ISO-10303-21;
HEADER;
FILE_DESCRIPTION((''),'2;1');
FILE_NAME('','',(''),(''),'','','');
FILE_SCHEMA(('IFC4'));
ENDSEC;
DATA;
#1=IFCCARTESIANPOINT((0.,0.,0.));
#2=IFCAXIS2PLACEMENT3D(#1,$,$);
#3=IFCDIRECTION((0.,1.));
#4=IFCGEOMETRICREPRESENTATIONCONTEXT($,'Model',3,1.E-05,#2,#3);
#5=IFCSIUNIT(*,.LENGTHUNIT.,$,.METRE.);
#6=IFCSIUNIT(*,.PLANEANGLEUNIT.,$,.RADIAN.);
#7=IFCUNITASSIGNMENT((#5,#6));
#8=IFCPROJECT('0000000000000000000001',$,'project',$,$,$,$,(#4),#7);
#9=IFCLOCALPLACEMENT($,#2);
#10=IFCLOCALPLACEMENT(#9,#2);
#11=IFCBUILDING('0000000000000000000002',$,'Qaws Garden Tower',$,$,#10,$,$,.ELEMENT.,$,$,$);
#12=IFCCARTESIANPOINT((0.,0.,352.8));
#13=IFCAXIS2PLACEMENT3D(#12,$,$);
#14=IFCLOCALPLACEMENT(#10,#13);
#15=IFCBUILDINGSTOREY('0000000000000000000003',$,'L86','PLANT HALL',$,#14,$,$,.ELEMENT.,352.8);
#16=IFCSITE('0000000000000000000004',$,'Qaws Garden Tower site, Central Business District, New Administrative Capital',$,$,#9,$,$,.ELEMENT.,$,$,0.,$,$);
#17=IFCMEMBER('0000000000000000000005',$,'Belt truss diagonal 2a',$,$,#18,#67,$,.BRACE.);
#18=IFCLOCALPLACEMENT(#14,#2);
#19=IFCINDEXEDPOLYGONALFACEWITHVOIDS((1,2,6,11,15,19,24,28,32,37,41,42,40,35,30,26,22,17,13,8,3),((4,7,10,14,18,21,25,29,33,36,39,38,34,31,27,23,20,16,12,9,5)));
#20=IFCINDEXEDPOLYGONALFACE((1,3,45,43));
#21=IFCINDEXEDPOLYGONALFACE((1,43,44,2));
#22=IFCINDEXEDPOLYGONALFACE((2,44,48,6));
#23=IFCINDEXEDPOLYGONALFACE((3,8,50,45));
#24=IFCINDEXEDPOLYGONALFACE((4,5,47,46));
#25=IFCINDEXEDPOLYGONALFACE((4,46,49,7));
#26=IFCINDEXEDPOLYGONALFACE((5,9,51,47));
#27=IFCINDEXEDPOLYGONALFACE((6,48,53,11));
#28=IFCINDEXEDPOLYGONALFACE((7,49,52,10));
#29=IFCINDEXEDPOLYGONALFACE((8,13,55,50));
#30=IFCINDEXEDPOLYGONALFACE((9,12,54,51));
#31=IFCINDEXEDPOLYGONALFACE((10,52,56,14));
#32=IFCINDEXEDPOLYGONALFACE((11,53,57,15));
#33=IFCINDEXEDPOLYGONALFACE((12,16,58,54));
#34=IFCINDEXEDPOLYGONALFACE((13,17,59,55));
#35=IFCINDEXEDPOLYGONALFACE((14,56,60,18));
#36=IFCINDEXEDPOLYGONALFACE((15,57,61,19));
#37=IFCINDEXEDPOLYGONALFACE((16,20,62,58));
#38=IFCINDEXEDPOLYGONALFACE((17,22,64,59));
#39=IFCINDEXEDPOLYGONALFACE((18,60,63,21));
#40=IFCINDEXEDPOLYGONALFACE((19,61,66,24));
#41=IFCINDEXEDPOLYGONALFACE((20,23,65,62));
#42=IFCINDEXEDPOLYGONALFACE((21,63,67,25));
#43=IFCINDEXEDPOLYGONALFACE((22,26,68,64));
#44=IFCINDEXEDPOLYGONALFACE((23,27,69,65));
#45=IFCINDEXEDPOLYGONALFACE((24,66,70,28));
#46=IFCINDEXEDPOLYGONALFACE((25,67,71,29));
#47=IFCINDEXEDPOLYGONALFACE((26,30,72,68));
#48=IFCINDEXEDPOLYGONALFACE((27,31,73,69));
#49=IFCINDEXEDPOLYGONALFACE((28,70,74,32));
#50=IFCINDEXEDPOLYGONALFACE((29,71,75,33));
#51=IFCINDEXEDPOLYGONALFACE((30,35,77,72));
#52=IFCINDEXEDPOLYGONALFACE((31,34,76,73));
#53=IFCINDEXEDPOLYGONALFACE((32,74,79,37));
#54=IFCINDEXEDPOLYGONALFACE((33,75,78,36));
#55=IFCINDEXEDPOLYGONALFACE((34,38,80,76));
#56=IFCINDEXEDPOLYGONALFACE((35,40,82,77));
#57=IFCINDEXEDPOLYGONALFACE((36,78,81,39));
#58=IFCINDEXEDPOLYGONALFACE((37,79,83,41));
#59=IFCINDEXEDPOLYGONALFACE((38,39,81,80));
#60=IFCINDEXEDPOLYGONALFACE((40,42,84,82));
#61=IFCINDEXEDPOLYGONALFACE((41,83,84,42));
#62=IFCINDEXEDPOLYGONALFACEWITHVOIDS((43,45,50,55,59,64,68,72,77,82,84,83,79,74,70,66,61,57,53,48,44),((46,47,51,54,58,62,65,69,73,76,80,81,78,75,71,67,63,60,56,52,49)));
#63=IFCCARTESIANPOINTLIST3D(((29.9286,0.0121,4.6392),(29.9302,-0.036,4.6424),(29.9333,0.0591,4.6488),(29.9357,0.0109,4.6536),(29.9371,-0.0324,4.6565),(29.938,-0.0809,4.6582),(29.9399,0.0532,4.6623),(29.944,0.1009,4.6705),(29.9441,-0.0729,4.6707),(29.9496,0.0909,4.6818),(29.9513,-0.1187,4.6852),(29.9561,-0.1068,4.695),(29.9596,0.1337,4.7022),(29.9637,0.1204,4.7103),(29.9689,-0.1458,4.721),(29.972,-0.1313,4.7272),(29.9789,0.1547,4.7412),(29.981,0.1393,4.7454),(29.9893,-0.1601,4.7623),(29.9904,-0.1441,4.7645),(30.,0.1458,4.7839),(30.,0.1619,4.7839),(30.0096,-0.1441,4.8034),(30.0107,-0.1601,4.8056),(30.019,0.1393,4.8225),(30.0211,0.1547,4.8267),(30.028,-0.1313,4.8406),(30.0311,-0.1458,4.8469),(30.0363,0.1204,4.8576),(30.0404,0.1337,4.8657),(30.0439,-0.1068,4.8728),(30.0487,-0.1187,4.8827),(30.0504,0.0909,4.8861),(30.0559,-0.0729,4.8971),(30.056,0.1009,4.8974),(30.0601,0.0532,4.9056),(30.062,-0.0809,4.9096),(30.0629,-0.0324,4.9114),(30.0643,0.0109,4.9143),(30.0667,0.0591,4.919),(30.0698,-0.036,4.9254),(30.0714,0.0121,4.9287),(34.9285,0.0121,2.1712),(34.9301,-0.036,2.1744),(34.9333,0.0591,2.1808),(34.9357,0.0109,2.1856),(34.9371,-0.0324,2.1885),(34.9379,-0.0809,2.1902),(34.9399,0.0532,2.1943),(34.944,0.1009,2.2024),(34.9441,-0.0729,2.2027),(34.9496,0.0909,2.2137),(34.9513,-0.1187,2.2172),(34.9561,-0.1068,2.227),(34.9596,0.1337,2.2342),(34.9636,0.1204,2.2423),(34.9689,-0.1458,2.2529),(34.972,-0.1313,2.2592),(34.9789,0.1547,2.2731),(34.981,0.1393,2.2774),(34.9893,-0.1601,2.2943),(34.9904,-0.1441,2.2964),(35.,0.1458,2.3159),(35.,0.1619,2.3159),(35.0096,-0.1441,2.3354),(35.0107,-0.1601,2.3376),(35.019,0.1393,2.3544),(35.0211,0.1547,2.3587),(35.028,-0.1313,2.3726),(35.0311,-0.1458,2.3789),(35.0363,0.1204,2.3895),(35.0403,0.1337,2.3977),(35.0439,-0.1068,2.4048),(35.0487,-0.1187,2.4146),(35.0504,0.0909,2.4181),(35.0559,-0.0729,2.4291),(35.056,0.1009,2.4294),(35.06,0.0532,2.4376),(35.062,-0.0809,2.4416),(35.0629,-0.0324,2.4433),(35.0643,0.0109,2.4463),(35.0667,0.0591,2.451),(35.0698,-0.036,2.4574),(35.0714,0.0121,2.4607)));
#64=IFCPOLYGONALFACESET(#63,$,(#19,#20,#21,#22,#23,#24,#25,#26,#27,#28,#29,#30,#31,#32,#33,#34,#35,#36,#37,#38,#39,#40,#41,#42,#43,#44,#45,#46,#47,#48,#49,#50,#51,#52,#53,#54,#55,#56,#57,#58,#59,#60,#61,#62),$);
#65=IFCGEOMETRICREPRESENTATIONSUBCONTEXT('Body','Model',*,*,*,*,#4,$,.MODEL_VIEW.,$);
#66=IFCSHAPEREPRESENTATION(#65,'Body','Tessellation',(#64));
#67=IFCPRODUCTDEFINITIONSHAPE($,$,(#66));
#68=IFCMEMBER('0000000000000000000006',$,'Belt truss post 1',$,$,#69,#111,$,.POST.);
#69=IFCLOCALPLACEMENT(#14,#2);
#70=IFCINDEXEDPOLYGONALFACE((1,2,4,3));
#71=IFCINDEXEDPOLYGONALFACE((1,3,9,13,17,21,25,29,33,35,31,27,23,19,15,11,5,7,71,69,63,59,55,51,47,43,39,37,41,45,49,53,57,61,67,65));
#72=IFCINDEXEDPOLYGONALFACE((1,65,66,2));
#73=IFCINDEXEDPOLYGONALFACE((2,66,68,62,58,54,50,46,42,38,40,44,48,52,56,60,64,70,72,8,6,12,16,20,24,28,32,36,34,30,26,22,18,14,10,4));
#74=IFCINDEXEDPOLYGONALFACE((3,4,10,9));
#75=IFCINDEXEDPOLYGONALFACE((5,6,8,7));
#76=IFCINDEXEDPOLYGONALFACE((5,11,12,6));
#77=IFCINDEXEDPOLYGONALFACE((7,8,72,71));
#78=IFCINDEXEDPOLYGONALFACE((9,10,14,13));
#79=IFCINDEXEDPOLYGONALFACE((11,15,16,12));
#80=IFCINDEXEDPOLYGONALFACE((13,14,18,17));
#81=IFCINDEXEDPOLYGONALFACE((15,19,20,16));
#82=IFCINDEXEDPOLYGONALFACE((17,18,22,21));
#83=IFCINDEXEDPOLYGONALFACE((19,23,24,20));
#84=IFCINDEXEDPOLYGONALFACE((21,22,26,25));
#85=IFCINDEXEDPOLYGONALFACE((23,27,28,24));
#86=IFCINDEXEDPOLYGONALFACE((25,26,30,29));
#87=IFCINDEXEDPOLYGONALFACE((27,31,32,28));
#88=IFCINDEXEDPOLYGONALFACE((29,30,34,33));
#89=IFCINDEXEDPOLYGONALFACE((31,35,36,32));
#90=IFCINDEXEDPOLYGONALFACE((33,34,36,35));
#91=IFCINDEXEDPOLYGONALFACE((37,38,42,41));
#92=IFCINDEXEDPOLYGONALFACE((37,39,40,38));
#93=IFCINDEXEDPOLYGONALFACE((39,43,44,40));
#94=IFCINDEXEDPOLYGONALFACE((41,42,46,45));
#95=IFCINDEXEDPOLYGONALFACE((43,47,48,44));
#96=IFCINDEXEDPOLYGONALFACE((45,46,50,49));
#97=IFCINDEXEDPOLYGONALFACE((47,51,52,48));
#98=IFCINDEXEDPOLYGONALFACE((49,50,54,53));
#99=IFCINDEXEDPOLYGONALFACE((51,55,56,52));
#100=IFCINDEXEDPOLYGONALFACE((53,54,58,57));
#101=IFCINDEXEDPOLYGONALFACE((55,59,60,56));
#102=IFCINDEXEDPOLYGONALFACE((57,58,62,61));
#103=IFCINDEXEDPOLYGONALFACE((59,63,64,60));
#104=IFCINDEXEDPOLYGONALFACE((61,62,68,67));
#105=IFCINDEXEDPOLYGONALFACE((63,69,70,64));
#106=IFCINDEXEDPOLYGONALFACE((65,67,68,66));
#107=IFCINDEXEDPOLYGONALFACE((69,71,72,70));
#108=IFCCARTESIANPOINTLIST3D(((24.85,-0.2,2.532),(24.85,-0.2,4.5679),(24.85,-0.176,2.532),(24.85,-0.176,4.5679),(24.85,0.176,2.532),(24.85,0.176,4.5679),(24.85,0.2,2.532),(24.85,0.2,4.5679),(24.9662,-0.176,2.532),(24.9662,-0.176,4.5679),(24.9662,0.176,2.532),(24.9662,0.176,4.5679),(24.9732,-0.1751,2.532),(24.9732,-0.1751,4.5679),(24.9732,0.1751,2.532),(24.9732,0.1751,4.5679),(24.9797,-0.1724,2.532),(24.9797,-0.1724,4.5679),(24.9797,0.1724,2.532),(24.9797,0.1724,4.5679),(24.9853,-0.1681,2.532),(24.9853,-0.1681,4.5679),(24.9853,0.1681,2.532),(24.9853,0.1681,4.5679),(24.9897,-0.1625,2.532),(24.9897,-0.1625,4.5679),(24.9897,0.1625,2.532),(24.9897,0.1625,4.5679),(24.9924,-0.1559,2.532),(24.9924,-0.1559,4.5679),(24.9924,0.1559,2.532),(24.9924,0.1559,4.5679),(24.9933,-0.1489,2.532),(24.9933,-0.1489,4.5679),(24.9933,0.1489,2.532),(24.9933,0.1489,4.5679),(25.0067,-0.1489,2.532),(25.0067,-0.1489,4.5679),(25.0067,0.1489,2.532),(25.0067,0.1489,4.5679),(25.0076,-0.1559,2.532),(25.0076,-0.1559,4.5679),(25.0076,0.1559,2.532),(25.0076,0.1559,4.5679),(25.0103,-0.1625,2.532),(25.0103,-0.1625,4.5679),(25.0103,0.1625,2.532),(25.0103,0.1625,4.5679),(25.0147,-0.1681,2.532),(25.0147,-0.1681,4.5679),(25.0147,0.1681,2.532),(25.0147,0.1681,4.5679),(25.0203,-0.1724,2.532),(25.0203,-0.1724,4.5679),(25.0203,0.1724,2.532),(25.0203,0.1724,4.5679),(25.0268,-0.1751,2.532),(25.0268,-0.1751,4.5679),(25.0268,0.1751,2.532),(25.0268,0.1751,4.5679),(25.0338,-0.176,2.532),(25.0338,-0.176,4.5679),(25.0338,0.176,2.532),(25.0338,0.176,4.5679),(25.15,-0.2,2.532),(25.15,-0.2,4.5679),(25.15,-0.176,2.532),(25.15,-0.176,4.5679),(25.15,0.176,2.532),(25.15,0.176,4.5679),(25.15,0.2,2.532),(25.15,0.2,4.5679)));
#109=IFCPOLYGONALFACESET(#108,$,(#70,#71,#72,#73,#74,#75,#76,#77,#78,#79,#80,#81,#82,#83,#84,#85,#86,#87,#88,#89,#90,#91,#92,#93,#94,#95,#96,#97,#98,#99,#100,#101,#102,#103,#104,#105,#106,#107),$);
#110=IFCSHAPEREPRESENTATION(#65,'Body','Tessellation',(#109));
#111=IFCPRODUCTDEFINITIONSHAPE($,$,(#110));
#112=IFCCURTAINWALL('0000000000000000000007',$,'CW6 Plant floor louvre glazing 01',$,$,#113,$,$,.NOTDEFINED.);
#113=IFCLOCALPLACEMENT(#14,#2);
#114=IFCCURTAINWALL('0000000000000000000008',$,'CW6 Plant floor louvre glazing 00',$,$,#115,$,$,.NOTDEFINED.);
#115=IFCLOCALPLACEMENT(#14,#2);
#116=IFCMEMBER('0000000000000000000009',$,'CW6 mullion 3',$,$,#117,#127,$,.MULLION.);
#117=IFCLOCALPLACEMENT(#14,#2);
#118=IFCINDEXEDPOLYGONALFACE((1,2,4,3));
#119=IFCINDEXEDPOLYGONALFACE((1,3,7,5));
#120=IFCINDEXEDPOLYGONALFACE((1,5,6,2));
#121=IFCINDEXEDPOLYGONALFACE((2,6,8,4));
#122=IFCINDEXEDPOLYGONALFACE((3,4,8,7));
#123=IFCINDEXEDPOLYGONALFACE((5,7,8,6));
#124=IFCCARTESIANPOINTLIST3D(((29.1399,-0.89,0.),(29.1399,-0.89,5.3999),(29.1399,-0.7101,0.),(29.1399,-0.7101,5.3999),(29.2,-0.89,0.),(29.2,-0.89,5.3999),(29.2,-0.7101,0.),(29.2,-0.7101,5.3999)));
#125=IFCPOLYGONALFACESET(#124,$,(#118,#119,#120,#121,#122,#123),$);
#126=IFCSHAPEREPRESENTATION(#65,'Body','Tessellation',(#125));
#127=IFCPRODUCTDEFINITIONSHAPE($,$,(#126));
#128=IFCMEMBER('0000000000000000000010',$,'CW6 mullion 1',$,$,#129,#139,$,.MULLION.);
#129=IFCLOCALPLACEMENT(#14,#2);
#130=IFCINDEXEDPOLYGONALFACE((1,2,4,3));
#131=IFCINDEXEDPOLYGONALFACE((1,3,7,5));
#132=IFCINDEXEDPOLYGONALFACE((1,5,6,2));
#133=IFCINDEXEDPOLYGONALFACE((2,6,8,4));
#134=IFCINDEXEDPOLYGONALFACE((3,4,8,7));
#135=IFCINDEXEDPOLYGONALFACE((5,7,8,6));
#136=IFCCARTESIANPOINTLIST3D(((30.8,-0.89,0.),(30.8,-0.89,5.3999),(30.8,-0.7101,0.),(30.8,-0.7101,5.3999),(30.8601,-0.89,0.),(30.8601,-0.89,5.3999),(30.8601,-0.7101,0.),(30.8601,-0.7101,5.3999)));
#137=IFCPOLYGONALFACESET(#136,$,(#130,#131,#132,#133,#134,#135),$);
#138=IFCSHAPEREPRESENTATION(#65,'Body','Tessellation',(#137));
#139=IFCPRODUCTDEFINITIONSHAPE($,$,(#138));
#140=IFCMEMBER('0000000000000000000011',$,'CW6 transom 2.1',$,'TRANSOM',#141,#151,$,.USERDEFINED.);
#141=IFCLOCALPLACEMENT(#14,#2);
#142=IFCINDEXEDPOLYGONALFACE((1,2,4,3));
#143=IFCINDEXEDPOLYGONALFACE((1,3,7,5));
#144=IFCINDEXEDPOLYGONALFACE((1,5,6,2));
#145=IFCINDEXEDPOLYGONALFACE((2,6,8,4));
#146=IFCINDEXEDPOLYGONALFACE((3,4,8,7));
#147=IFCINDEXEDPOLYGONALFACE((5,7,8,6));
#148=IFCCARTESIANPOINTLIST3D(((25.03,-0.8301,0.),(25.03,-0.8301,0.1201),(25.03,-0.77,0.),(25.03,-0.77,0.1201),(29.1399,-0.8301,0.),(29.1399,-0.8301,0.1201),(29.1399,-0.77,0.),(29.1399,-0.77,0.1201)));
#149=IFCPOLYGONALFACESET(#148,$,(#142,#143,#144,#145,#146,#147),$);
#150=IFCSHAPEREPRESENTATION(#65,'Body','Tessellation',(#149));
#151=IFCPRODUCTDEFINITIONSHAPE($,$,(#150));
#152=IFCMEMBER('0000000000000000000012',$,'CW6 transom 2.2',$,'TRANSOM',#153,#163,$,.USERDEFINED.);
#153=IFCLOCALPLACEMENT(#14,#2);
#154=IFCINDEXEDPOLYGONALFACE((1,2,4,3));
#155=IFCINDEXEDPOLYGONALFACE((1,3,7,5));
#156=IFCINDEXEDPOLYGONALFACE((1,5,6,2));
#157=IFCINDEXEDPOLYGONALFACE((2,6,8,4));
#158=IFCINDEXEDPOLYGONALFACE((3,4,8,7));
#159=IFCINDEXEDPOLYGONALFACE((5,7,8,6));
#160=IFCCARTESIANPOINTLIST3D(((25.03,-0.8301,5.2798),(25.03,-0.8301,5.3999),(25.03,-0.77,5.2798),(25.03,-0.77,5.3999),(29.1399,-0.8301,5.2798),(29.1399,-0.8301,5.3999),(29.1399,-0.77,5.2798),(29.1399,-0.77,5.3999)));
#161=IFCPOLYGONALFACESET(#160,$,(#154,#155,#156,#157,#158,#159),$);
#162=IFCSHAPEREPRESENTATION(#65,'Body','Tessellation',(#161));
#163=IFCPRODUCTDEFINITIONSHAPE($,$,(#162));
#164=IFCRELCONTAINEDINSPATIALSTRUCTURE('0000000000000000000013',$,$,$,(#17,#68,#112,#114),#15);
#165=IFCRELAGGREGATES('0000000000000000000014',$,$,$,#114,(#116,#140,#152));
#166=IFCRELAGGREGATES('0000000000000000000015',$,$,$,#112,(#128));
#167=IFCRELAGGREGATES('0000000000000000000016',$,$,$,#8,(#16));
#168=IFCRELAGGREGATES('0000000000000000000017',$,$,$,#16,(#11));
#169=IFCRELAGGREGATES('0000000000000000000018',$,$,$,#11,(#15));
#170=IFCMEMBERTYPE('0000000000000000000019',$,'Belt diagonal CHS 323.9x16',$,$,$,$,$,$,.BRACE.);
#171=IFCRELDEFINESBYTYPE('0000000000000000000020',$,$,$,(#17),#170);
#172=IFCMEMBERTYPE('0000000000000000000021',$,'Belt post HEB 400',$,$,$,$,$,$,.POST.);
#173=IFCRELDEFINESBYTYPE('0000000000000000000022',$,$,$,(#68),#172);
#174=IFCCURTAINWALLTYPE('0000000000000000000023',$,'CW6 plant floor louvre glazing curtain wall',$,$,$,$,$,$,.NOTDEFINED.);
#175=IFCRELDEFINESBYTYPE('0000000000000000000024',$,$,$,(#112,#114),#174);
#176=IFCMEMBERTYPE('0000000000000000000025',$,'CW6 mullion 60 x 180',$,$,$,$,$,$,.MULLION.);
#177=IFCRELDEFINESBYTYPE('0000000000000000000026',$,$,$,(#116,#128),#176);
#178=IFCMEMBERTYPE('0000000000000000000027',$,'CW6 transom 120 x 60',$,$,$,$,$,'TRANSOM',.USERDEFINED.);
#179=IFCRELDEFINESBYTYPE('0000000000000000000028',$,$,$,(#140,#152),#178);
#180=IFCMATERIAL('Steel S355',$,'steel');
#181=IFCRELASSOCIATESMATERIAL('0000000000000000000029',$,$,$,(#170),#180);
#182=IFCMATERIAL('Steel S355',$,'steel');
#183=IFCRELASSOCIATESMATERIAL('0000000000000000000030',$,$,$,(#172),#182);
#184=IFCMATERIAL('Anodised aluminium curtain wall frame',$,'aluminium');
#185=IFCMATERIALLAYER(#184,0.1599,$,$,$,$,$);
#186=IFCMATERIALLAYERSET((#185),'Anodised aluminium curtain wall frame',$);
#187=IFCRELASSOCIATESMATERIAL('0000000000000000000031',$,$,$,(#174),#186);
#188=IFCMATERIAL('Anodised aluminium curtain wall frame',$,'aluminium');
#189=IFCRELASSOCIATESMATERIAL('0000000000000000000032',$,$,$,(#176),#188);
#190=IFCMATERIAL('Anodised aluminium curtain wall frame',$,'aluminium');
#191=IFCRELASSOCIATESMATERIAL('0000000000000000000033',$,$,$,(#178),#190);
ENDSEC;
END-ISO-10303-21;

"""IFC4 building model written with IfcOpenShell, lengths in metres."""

from ifc_helpers import new_model, si_unit, direction, frame, origin, origin_2d, place, context, subcontext, project, spatial, rectangle, hollow_circle, i_section, extrude, material, layer, layer_set, material_profile, profile_set, type_object, element, aggregate, save


model = new_model("IFC4")

# Units and contexts
model_context = context("Model", 3, precision=1e-05, world=origin(), true_north=direction((0.0, 1.0)))
body_context = subcontext(model_context, "Body", "Model", "MODEL_VIEW")
ifc_project = project(units=[si_unit("LENGTHUNIT", "METRE"), si_unit("PLANEANGLEUNIT", "RADIAN")], contexts=[model_context])

# Site, building, storey
site_placement = place(None, origin())
site = spatial("IfcSite", under=ifc_project, at=site_placement, Name="Qaws Garden Tower site, Central Business District, New Administrative Capital", CompositionType="ELEMENT", RefElevation=0.0)
building_placement = place(site_placement, origin())
building = spatial("IfcBuilding", under=site, at=building_placement, Name="Qaws Garden Tower", CompositionType="ELEMENT")
storey_placement = place(building_placement, frame((0.0, 0.0, 352.8)))
storey = spatial("IfcBuildingStorey", under=building, at=storey_placement, Name="L86", Description="PLANT HALL", CompositionType="ELEMENT", Elevation=352.8)

# Members
ifc_material_1 = material(Name="Steel S355", Category="steel")
ifc_material_profile_1 = material_profile(ifc_material_1, hollow_circle(Radius=0.1619, WallThickness=0.0161, at=origin_2d()), Name="CHS 323.9x16")
ifc_profile_set_1 = profile_set([ifc_material_profile_1], Name="Steel S355")
member_type_1 = type_object("IfcMemberType", Name="Belt diagonal CHS 323.9x16", PredefinedType="BRACE", material=ifc_profile_set_1)
for number, where, z_axis, x_axis, name in (
    (1, (30.0, 0.0, 4.7839), (0.89671, 0.0, -0.442619), (0.0, 1.0, 0.0), "Belt truss diagonal 2a"),
):
    element("IfcMember", number, at=place(storey_placement, frame(where, z_axis=z_axis, x_axis=x_axis)), inside=storey, type_object=member_type_1, Name=name, PredefinedType="BRACE", context=body_context, shape_type="SweptSolid", body=[
        extrude(hollow_circle(Radius=0.1619, WallThickness=0.0161, at=origin_2d()), origin(), (0.0, 0.0, 1.0), 5.5759),
    ])
ifc_material_2 = material(Name="Steel S355", Category="steel")
ifc_material_profile_2 = material_profile(ifc_material_2, i_section(OverallWidth=0.3, OverallDepth=0.3999, WebThickness=0.0134, FlangeThickness=0.0239, FilletRadius=0.0271, at=origin_2d()), Name="HEB 400")
ifc_profile_set_2 = profile_set([ifc_material_profile_2], Name="Steel S355")
member_type_2 = type_object("IfcMemberType", Name="Belt post HEB 400", PredefinedType="POST", material=ifc_profile_set_2)
member_1_placement = place(storey_placement, frame((25.0, 0.0, 2.532), z_axis=(0.0, 0.0, 1.0), x_axis=(1.0, 0.0, 0.0)))
element("IfcMember", 2, at=member_1_placement, inside=storey, type_object=member_type_2, Name="Belt truss post 1", PredefinedType="POST", context=body_context, shape_type="SweptSolid", body=[
    extrude(i_section(OverallWidth=0.3, OverallDepth=0.3999, WebThickness=0.0134, FlangeThickness=0.0239, FilletRadius=0.0271, at=origin_2d()), origin(), (0.0, 0.0, 1.0), 2.0359),
])

# Curtain wall
ifc_material_3 = material(Name="Anodised aluminium curtain wall frame", Category="aluminium")
ifc_layer_1 = layer(ifc_material_3, 0.1599)
ifc_layer_set_1 = layer_set([ifc_layer_1], Name="Anodised aluminium curtain wall frame")
curtain_wall_type = type_object("IfcCurtainWallType", Name="CW6 plant floor louvre glazing curtain wall", PredefinedType="NOTDEFINED", material=ifc_layer_set_1)
placement_1 = place(storey_placement, origin())
curtain_wall_1 = element("IfcCurtainWall", 3, at=placement_1, inside=storey, type_object=curtain_wall_type, Name="CW6 Plant floor louvre glazing 01", PredefinedType="NOTDEFINED")

# Curtain wall, member
curtain_wall_2 = element("IfcCurtainWall", 4, at=placement_1, inside=storey, type_object=curtain_wall_type, Name="CW6 Plant floor louvre glazing 00", PredefinedType="NOTDEFINED")
ifc_material_4 = material(Name="Anodised aluminium curtain wall frame", Category="aluminium")
ifc_material_profile_3 = material_profile(ifc_material_4, rectangle(XDim=0.1799, YDim=0.0601, at=origin_2d()), Name="AL 60x180")
ifc_profile_set_3 = profile_set([ifc_material_profile_3], Name="Anodised aluminium curtain wall frame")
member_type_3 = type_object("IfcMemberType", Name="CW6 mullion 60 x 180", PredefinedType="MULLION", material=ifc_profile_set_3)
member_2_placement = place(storey_placement, frame((29.1699, -0.8, 0.0), z_axis=(0.0, 0.0, 1.0), x_axis=(0.0, 1.0, 0.0)))
member_2 = element("IfcMember", 5, at=member_2_placement, type_object=member_type_3, Name="CW6 mullion 3", PredefinedType="MULLION", context=body_context, shape_type="SweptSolid", body=[
    extrude(rectangle(XDim=0.1799, YDim=0.0601, at=origin_2d()), origin(), (0.0, 0.0, 1.0), 5.3999),
])

# Members
member_3_placement = place(storey_placement, frame((30.8301, -0.8, 0.0), z_axis=(0.0, 0.0, 1.0), x_axis=(0.0, 1.0, 0.0)))
member_3 = element("IfcMember", 6, at=member_3_placement, type_object=member_type_3, Name="CW6 mullion 1", PredefinedType="MULLION", context=body_context, shape_type="SweptSolid", body=[
    extrude(rectangle(XDim=0.1799, YDim=0.0601, at=origin_2d()), origin(), (0.0, 0.0, 1.0), 5.3999),
])
ifc_material_5 = material(Name="Anodised aluminium curtain wall frame", Category="aluminium")
ifc_material_profile_4 = material_profile(ifc_material_5, rectangle(XDim=0.0601, YDim=0.1201, at=origin_2d()), Name="AL 60x120")
ifc_profile_set_4 = profile_set([ifc_material_profile_4], Name="Anodised aluminium curtain wall frame")
member_type_4 = type_object("IfcMemberType", Name="CW6 transom 120 x 60", ElementType="TRANSOM", PredefinedType="USERDEFINED", material=ifc_profile_set_4)
member_4_placement = place(storey_placement, frame((25.03, -0.8, 0.0601), z_axis=(1.0, 0.0, 0.0), x_axis=(0.0, 1.0, 0.0)))
member_4 = element("IfcMember", 7, at=member_4_placement, type_object=member_type_4, Name="CW6 transom 2.1", ObjectType="TRANSOM", PredefinedType="USERDEFINED", context=body_context, shape_type="SweptSolid", body=[
    extrude(rectangle(XDim=0.0601, YDim=0.1201, at=origin_2d()), origin(), (0.0, 0.0, 1.0), 4.1099),
])
member_5_placement = place(storey_placement, frame((25.03, -0.8, 5.3398), z_axis=(1.0, 0.0, 0.0), x_axis=(0.0, 1.0, 0.0)))
member_5 = element("IfcMember", 8, at=member_5_placement, type_object=member_type_4, Name="CW6 transom 2.2", ObjectType="TRANSOM", PredefinedType="USERDEFINED", context=body_context, shape_type="SweptSolid", body=[
    extrude(rectangle(XDim=0.0601, YDim=0.1201, at=origin_2d()), origin(), (0.0, 0.0, 1.0), 4.1099),
])
aggregate(curtain_wall_2, [member_2, member_4, member_5])

aggregate(curtain_wall_1, [member_3])

save(model, "model.ifc")
